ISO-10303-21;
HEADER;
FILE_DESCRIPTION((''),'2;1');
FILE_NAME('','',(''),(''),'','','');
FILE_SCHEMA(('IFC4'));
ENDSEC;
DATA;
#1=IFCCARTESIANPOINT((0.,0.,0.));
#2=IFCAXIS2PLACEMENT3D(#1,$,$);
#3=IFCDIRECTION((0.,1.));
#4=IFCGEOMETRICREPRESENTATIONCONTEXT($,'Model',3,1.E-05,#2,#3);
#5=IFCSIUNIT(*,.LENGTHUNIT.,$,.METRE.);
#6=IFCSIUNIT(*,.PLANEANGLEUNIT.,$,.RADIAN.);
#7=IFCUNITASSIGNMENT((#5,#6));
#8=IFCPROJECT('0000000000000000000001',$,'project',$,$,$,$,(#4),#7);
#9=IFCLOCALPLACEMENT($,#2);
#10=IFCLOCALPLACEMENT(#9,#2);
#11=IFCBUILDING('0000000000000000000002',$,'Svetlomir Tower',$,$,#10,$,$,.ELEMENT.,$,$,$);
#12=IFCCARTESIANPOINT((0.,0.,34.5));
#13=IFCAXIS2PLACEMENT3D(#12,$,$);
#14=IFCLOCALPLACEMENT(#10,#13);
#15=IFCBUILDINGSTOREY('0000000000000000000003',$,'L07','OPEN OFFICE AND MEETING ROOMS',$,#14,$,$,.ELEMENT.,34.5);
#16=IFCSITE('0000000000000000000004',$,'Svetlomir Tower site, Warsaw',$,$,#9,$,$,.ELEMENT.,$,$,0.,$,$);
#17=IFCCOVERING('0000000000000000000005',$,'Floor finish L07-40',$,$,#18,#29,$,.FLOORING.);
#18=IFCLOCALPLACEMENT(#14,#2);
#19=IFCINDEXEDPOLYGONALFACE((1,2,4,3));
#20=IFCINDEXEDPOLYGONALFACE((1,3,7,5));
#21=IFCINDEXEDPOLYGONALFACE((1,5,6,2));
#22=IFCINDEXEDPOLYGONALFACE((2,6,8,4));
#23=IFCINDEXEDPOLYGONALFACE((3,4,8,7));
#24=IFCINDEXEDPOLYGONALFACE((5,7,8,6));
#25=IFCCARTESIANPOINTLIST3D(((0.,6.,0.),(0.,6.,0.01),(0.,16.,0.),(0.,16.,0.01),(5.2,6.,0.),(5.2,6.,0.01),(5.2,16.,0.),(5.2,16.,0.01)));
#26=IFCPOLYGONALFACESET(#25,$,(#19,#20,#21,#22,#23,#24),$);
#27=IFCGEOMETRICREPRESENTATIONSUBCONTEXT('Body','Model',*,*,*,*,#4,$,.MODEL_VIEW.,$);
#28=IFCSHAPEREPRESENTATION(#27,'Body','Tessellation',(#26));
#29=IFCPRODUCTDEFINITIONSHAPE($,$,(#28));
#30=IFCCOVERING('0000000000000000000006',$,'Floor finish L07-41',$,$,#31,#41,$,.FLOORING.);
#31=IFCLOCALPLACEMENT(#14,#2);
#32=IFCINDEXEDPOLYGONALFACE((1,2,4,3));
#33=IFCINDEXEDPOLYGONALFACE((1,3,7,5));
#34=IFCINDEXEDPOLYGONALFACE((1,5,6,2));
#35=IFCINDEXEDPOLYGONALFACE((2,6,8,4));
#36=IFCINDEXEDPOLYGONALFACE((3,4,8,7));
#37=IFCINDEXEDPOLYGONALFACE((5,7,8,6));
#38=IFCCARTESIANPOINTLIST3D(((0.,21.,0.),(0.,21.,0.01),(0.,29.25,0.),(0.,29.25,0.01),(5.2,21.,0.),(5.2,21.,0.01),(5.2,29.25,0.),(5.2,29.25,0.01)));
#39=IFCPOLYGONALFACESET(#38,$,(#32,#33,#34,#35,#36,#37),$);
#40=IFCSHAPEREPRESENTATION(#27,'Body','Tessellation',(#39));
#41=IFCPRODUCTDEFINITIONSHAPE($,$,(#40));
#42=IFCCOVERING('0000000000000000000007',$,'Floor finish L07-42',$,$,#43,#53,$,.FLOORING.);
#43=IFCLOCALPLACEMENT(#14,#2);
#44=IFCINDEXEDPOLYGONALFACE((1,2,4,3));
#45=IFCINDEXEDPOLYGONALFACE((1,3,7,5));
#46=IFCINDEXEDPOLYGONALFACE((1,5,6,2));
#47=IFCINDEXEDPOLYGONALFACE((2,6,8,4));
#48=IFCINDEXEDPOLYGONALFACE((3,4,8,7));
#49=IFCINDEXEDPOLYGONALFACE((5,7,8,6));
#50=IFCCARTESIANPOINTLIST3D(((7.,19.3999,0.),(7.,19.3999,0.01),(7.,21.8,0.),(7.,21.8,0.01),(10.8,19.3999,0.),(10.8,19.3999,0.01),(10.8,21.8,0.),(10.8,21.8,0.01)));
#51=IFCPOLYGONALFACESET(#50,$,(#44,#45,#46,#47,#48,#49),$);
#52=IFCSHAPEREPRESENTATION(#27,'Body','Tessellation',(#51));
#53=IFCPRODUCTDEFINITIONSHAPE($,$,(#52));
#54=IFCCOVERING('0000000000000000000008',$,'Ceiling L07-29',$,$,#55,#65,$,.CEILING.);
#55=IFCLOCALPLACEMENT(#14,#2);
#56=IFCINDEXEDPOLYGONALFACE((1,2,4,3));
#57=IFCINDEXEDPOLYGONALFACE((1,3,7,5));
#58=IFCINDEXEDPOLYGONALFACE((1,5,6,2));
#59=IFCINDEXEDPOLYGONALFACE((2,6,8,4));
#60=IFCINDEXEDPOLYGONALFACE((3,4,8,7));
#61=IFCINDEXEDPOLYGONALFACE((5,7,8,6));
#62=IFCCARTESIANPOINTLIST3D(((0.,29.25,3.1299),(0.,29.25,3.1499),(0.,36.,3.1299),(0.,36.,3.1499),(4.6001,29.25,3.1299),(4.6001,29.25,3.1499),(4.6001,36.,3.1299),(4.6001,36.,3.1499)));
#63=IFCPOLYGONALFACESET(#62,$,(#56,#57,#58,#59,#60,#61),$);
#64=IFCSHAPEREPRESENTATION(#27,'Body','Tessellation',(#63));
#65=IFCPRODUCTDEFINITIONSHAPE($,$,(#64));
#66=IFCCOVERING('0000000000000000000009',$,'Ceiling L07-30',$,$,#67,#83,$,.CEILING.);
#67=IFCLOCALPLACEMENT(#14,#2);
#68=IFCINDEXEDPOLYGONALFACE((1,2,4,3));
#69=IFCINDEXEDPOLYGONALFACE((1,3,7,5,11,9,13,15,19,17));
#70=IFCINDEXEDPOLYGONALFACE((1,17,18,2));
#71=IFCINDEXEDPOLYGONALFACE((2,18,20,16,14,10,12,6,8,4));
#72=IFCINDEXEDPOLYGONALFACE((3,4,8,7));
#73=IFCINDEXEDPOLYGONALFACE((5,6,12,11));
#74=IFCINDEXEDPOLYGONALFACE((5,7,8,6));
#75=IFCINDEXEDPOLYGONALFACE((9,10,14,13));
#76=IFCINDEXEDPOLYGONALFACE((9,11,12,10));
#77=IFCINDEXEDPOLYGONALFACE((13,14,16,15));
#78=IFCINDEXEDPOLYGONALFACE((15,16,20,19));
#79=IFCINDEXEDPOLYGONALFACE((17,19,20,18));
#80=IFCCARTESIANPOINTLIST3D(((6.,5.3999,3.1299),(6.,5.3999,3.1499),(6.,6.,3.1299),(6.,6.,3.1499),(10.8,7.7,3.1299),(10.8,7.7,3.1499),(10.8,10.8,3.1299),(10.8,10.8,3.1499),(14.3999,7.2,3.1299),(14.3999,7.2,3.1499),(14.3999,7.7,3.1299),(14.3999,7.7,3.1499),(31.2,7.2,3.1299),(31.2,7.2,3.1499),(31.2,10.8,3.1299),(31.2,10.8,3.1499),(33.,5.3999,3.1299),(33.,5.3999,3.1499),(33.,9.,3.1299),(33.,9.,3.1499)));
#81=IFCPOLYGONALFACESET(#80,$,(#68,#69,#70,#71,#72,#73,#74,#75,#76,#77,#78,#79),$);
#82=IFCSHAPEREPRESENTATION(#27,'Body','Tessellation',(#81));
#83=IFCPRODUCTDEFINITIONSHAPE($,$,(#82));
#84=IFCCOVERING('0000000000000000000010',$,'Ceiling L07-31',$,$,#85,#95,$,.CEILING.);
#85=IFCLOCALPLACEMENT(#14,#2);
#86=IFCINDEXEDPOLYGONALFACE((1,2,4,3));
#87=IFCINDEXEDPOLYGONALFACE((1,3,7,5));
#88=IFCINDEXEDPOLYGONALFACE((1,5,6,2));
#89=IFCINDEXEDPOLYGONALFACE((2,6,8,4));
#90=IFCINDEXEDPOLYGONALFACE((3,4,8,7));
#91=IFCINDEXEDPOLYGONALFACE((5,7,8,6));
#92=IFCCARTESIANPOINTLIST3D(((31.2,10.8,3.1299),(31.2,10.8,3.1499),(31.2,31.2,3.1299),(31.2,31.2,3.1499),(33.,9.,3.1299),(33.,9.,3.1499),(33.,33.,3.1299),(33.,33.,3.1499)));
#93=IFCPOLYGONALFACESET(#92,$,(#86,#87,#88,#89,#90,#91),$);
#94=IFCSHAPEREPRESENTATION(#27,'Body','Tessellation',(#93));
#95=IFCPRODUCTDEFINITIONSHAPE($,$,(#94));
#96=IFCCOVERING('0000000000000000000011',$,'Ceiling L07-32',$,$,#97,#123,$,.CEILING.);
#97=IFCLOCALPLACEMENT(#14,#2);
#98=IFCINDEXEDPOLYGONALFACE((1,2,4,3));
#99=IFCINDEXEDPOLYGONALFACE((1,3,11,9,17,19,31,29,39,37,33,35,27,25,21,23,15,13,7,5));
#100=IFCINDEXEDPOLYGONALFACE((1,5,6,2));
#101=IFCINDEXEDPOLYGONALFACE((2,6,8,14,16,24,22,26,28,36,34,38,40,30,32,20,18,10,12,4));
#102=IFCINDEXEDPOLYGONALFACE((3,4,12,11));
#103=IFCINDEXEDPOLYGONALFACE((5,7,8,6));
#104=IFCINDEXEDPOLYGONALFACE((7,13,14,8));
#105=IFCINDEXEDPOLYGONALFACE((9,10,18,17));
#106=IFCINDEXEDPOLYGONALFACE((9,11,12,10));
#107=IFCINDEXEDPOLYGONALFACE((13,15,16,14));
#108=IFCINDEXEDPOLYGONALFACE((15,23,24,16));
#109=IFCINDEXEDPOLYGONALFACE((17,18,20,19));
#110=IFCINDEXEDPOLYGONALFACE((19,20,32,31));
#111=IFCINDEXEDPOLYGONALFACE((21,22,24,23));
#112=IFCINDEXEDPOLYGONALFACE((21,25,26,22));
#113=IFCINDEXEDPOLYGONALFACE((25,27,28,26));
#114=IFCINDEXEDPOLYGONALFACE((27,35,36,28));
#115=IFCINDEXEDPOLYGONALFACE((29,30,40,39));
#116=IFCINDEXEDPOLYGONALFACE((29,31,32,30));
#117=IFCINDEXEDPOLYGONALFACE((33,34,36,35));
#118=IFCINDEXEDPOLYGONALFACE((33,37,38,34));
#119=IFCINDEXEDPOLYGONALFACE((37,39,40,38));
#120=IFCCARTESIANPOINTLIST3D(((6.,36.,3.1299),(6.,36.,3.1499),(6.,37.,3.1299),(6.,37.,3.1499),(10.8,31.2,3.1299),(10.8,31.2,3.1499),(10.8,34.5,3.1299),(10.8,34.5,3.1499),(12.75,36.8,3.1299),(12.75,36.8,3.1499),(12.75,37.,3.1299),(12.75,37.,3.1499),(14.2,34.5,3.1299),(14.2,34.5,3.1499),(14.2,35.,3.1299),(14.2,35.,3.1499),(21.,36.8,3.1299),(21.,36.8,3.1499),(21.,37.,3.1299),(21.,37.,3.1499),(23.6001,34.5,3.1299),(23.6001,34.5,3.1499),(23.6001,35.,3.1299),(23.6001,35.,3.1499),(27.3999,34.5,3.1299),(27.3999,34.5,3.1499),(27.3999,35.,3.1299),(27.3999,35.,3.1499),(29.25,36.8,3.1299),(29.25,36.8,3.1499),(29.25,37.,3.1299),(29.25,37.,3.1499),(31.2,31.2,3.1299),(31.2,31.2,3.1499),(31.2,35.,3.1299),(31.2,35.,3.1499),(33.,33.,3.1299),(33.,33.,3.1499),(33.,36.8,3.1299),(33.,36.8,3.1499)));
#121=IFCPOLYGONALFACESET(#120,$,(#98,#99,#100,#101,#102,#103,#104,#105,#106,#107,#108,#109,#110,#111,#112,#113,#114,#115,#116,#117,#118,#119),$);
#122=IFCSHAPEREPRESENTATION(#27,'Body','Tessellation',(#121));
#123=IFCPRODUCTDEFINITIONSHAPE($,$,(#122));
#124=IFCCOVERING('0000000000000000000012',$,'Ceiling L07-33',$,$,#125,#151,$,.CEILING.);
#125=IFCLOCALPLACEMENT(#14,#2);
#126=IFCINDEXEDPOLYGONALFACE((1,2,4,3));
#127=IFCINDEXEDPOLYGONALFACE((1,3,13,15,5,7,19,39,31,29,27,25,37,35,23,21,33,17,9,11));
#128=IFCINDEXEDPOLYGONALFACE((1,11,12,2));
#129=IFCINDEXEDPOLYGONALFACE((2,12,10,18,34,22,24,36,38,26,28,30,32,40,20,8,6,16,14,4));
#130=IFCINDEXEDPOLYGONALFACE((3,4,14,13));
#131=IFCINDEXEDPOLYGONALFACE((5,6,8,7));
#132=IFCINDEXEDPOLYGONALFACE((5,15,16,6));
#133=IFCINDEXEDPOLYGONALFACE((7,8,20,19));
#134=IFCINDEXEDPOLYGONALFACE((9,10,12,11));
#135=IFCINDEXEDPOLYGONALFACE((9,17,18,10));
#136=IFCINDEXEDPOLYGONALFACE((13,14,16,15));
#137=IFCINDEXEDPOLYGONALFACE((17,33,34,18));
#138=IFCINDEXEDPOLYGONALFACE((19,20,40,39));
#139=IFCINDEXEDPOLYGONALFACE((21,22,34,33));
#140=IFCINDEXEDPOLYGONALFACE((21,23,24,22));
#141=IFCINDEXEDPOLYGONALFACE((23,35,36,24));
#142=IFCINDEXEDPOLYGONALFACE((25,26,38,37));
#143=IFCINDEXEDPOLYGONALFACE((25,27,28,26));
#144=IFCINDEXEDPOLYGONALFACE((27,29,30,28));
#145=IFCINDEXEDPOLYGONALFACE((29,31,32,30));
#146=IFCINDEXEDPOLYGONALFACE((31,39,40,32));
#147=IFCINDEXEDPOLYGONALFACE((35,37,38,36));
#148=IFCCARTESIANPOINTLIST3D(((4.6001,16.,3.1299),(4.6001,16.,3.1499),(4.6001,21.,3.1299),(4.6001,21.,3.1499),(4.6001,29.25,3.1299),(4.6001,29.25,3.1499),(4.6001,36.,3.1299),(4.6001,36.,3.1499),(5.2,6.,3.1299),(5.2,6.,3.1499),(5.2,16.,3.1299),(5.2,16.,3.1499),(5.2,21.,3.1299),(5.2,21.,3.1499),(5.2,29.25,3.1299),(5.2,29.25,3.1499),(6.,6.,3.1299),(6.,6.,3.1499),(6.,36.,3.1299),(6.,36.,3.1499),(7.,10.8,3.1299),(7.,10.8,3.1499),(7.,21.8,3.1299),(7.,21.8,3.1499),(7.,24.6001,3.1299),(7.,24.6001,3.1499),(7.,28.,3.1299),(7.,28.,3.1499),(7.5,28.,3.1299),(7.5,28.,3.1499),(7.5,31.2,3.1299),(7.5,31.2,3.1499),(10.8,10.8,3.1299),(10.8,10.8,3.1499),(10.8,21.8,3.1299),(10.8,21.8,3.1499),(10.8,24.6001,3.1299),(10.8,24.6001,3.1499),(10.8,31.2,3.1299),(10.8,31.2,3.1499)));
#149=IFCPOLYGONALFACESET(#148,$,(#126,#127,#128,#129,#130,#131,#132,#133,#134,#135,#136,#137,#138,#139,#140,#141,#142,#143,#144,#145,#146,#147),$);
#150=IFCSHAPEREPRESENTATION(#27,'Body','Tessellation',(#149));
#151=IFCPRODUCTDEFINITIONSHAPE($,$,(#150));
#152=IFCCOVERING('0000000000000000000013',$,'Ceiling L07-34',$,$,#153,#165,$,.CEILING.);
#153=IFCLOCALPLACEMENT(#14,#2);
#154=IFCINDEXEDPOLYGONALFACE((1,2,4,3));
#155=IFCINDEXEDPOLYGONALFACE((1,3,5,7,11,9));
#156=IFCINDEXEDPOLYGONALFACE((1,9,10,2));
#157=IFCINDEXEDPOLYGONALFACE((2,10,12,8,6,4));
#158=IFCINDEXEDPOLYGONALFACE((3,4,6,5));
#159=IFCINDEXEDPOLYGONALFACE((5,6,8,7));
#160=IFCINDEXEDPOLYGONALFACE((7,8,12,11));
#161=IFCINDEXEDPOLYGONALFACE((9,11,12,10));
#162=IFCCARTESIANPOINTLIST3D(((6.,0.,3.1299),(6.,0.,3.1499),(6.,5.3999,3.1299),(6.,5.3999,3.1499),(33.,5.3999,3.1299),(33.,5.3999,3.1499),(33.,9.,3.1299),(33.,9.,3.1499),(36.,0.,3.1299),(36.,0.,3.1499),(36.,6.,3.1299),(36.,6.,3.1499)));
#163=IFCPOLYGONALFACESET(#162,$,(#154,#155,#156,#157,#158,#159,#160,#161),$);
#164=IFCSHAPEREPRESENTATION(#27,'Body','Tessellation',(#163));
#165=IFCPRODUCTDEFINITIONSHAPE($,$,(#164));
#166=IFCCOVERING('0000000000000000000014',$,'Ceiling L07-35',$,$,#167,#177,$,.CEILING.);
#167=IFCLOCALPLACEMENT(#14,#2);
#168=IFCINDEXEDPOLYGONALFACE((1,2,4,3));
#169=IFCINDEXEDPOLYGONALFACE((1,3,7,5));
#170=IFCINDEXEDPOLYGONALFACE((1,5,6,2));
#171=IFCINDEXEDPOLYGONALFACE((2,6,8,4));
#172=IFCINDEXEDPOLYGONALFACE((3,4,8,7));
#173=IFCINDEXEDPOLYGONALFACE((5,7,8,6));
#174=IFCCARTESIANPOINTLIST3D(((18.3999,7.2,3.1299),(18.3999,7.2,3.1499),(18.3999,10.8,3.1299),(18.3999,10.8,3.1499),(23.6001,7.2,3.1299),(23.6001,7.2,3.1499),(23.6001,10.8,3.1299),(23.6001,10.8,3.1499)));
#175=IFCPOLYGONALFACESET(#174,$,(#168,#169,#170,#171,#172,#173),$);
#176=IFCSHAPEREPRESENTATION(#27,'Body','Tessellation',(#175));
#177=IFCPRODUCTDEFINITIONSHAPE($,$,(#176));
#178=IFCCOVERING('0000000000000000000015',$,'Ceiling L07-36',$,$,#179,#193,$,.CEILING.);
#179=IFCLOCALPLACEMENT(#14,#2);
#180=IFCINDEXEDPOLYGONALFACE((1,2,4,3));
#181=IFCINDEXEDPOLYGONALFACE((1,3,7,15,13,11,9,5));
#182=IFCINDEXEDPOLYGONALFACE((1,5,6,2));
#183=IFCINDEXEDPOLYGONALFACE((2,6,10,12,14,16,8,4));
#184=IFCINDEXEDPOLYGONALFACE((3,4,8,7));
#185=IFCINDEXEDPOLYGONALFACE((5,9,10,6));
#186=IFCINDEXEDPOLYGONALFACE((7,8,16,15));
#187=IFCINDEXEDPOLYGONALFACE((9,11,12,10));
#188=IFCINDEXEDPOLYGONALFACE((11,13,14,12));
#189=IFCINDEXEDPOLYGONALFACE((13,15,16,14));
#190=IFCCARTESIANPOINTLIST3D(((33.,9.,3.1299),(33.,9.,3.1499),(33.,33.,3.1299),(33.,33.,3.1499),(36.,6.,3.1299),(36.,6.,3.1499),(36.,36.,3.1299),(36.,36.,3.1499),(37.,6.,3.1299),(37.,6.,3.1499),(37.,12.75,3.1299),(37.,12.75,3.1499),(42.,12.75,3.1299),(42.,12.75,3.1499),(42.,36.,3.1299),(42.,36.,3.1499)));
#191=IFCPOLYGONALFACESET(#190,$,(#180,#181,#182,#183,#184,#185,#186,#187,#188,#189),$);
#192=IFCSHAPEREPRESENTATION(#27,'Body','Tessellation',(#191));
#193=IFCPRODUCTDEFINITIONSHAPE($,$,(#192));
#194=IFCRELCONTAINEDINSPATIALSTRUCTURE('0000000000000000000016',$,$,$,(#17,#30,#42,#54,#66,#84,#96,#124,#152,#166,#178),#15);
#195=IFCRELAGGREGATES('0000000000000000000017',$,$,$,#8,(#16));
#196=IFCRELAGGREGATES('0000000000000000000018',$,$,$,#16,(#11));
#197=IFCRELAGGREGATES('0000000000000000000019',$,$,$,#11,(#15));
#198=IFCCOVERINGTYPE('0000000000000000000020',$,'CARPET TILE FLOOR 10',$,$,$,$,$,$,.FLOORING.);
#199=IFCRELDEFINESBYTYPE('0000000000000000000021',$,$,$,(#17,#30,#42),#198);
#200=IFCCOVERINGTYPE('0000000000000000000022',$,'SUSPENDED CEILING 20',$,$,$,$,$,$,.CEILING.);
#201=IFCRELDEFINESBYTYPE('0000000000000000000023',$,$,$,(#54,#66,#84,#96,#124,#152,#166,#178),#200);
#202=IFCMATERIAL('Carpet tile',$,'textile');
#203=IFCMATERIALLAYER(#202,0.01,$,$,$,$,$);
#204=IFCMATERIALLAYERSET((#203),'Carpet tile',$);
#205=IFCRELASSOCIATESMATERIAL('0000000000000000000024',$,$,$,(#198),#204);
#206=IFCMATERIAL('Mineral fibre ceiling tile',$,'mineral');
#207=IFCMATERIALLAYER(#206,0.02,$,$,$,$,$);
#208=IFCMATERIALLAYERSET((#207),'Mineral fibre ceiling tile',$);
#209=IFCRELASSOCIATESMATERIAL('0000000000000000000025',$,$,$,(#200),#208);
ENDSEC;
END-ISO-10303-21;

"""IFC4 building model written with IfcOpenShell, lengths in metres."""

from ifc_helpers import new_model, si_unit, direction, frame, origin, place, context, subcontext, project, spatial, polyline, outline, extrude, material, layer, layer_set, type_object, element, save


model = new_model("IFC4")

# Units and contexts
model_context = context("Model", 3, precision=1e-05, world=origin(), true_north=direction((0.0, 1.0)))
body_context = subcontext(model_context, "Body", "Model", "MODEL_VIEW")
ifc_project = project(units=[si_unit("LENGTHUNIT", "METRE"), si_unit("PLANEANGLEUNIT", "RADIAN")], contexts=[model_context])

# Site, building, storey
site_placement = place(None, origin())
site = spatial("IfcSite", under=ifc_project, at=site_placement, Name="Svetlomir Tower site, Warsaw", CompositionType="ELEMENT", RefElevation=0.0)
building_placement = place(site_placement, origin())
building = spatial("IfcBuilding", under=site, at=building_placement, Name="Svetlomir Tower", CompositionType="ELEMENT")
storey_placement = place(building_placement, frame((0.0, 0.0, 34.5)))
storey = spatial("IfcBuildingStorey", under=building, at=storey_placement, Name="L07", Description="OPEN OFFICE AND MEETING ROOMS", CompositionType="ELEMENT", Elevation=34.5)

# Coverings
ifc_material_1 = material(Name="Carpet tile", Category="textile")
ifc_layer_1 = layer(ifc_material_1, 0.01)
ifc_layer_set_1 = layer_set([ifc_layer_1], Name="Carpet tile")
covering_type_1 = type_object("IfcCoveringType", Name="CARPET TILE FLOOR 10", PredefinedType="FLOORING", material=ifc_layer_set_1)
covering_1_placement = place(storey_placement, origin())
element("IfcCovering", 1, at=covering_1_placement, inside=storey, type_object=covering_type_1, Name="Floor finish L07-40", PredefinedType="FLOORING", context=body_context, shape_type="SweptSolid", body=[
    extrude(outline(polyline([(0.0, 16.0), (5.2, 16.0), (5.2, 6.0), (0.0, 6.0), (0.0, 16.0)])), origin(), (0.0, 0.0, 1.0), 0.01),
])
covering_2_placement = place(storey_placement, origin())
element("IfcCovering", 2, at=covering_2_placement, inside=storey, type_object=covering_type_1, Name="Floor finish L07-41", PredefinedType="FLOORING", context=body_context, shape_type="SweptSolid", body=[
    extrude(outline(polyline([(0.0, 29.25), (5.2, 29.25), (5.2, 21.0), (0.0, 21.0), (0.0, 29.25)])), origin(), (0.0, 0.0, 1.0), 0.01),
])
covering_3_placement = place(storey_placement, origin())
element("IfcCovering", 3, at=covering_3_placement, inside=storey, type_object=covering_type_1, Name="Floor finish L07-42", PredefinedType="FLOORING", context=body_context, shape_type="SweptSolid", body=[
    extrude(outline(polyline([(7.0, 19.3999), (7.0, 21.8), (10.8, 21.8), (10.8, 19.3999), (7.0, 19.3999)])), origin(), (0.0, 0.0, 1.0), 0.01),
])
ifc_material_2 = material(Name="Mineral fibre ceiling tile", Category="mineral")
ifc_layer_2 = layer(ifc_material_2, 0.02)
ifc_layer_set_2 = layer_set([ifc_layer_2], Name="Mineral fibre ceiling tile")
covering_type_2 = type_object("IfcCoveringType", Name="SUSPENDED CEILING 20", PredefinedType="CEILING", material=ifc_layer_set_2)
covering_4_placement = place(storey_placement, frame((0.0, 0.0, 3.1299)))
element("IfcCovering", 4, at=covering_4_placement, inside=storey, type_object=covering_type_2, Name="Ceiling L07-29", PredefinedType="CEILING", context=body_context, shape_type="SweptSolid", body=[
    extrude(outline(polyline([(0.0, 29.25), (4.6001, 29.25), (4.6001, 36.0), (0.0, 36.0), (0.0, 29.25)])), origin(), (0.0, 0.0, 1.0), 0.02),
])
covering_5_placement = place(storey_placement, frame((0.0, 0.0, 3.1299)))
element("IfcCovering", 5, at=covering_5_placement, inside=storey, type_object=covering_type_2, Name="Ceiling L07-30", PredefinedType="CEILING", context=body_context, shape_type="SweptSolid", body=[
    extrude(outline(polyline([(33.0, 5.3999), (6.0, 5.3999), (6.0, 6.0), (10.8, 10.8), (10.8, 7.7), (14.3999, 7.7), (14.3999, 7.2), (31.2, 7.2), (31.2, 10.8), (33.0, 9.0), (33.0, 5.3999)])), origin(), (0.0, 0.0, 1.0), 0.02),
])
covering_6_placement = place(storey_placement, frame((0.0, 0.0, 3.1299)))
element("IfcCovering", 6, at=covering_6_placement, inside=storey, type_object=covering_type_2, Name="Ceiling L07-31", PredefinedType="CEILING", context=body_context, shape_type="SweptSolid", body=[
    extrude(outline(polyline([(33.0, 9.0), (31.2, 10.8), (31.2, 31.2), (33.0, 33.0), (33.0, 9.0)])), origin(), (0.0, 0.0, 1.0), 0.02),
])
covering_7_placement = place(storey_placement, frame((0.0, 0.0, 3.1299)))
element("IfcCovering", 7, at=covering_7_placement, inside=storey, type_object=covering_type_2, Name="Ceiling L07-32", PredefinedType="CEILING", context=body_context, shape_type="SweptSolid", body=[
    extrude(outline(polyline([(6.0, 37.0), (12.75, 37.0), (12.75, 36.8), (21.0, 36.8), (21.0, 37.0), (29.25, 37.0), (29.25, 36.8), (33.0, 36.8), (33.0, 33.0), (31.2, 31.2), (31.2, 35.0), (27.3999, 35.0), (27.3999, 34.5), (23.6001, 34.5), (23.6001, 35.0), (14.2, 35.0), (14.2, 34.5), (10.8, 34.5), (10.8, 31.2), (6.0, 36.0), (6.0, 37.0)])), origin(), (0.0, 0.0, 1.0), 0.02),
])
covering_8_placement = place(storey_placement, frame((0.0, 0.0, 3.1299)))
element("IfcCovering", 8, at=covering_8_placement, inside=storey, type_object=covering_type_2, Name="Ceiling L07-33", PredefinedType="CEILING", context=body_context, shape_type="SweptSolid", body=[
    extrude(outline(polyline([(5.2, 21.0), (5.2, 29.25), (4.6001, 29.25), (4.6001, 36.0), (6.0, 36.0), (10.8, 31.2), (7.5, 31.2), (7.5, 28.0), (7.0, 28.0), (7.0, 24.6001), (10.8, 24.6001), (10.8, 21.8), (7.0, 21.8), (7.0, 10.8), (10.8, 10.8), (6.0, 6.0), (5.2, 6.0), (5.2, 16.0), (4.6001, 16.0), (4.6001, 21.0), (5.2, 21.0)])), origin(), (0.0, 0.0, 1.0), 0.02),
])
covering_9_placement = place(storey_placement, frame((0.0, 0.0, 3.1299)))
element("IfcCovering", 9, at=covering_9_placement, inside=storey, type_object=covering_type_2, Name="Ceiling L07-34", PredefinedType="CEILING", context=body_context, shape_type="SweptSolid", body=[
    extrude(outline(polyline([(6.0, 0.0), (6.0, 5.3999), (33.0, 5.3999), (33.0, 9.0), (36.0, 6.0), (36.0, 0.0), (6.0, 0.0)])), origin(), (0.0, 0.0, 1.0), 0.02),
])
covering_10_placement = place(storey_placement, frame((0.0, 0.0, 3.1299)))
element("IfcCovering", 10, at=covering_10_placement, inside=storey, type_object=covering_type_2, Name="Ceiling L07-35", PredefinedType="CEILING", context=body_context, shape_type="SweptSolid", body=[
    extrude(outline(polyline([(23.6001, 10.8), (23.6001, 7.2), (18.3999, 7.2), (18.3999, 10.8), (23.6001, 10.8)])), origin(), (0.0, 0.0, 1.0), 0.02),
])
covering_11_placement = place(storey_placement, frame((0.0, 0.0, 3.1299)))
element("IfcCovering", 11, at=covering_11_placement, inside=storey, type_object=covering_type_2, Name="Ceiling L07-36", PredefinedType="CEILING", context=body_context, shape_type="SweptSolid", body=[
    extrude(outline(polyline([(33.0, 33.0), (36.0, 36.0), (42.0, 36.0), (42.0, 12.75), (37.0, 12.75), (37.0, 6.0), (36.0, 6.0), (33.0, 9.0), (33.0, 33.0)])), origin(), (0.0, 0.0, 1.0), 0.02),
])

save(model, "model.ifc")
